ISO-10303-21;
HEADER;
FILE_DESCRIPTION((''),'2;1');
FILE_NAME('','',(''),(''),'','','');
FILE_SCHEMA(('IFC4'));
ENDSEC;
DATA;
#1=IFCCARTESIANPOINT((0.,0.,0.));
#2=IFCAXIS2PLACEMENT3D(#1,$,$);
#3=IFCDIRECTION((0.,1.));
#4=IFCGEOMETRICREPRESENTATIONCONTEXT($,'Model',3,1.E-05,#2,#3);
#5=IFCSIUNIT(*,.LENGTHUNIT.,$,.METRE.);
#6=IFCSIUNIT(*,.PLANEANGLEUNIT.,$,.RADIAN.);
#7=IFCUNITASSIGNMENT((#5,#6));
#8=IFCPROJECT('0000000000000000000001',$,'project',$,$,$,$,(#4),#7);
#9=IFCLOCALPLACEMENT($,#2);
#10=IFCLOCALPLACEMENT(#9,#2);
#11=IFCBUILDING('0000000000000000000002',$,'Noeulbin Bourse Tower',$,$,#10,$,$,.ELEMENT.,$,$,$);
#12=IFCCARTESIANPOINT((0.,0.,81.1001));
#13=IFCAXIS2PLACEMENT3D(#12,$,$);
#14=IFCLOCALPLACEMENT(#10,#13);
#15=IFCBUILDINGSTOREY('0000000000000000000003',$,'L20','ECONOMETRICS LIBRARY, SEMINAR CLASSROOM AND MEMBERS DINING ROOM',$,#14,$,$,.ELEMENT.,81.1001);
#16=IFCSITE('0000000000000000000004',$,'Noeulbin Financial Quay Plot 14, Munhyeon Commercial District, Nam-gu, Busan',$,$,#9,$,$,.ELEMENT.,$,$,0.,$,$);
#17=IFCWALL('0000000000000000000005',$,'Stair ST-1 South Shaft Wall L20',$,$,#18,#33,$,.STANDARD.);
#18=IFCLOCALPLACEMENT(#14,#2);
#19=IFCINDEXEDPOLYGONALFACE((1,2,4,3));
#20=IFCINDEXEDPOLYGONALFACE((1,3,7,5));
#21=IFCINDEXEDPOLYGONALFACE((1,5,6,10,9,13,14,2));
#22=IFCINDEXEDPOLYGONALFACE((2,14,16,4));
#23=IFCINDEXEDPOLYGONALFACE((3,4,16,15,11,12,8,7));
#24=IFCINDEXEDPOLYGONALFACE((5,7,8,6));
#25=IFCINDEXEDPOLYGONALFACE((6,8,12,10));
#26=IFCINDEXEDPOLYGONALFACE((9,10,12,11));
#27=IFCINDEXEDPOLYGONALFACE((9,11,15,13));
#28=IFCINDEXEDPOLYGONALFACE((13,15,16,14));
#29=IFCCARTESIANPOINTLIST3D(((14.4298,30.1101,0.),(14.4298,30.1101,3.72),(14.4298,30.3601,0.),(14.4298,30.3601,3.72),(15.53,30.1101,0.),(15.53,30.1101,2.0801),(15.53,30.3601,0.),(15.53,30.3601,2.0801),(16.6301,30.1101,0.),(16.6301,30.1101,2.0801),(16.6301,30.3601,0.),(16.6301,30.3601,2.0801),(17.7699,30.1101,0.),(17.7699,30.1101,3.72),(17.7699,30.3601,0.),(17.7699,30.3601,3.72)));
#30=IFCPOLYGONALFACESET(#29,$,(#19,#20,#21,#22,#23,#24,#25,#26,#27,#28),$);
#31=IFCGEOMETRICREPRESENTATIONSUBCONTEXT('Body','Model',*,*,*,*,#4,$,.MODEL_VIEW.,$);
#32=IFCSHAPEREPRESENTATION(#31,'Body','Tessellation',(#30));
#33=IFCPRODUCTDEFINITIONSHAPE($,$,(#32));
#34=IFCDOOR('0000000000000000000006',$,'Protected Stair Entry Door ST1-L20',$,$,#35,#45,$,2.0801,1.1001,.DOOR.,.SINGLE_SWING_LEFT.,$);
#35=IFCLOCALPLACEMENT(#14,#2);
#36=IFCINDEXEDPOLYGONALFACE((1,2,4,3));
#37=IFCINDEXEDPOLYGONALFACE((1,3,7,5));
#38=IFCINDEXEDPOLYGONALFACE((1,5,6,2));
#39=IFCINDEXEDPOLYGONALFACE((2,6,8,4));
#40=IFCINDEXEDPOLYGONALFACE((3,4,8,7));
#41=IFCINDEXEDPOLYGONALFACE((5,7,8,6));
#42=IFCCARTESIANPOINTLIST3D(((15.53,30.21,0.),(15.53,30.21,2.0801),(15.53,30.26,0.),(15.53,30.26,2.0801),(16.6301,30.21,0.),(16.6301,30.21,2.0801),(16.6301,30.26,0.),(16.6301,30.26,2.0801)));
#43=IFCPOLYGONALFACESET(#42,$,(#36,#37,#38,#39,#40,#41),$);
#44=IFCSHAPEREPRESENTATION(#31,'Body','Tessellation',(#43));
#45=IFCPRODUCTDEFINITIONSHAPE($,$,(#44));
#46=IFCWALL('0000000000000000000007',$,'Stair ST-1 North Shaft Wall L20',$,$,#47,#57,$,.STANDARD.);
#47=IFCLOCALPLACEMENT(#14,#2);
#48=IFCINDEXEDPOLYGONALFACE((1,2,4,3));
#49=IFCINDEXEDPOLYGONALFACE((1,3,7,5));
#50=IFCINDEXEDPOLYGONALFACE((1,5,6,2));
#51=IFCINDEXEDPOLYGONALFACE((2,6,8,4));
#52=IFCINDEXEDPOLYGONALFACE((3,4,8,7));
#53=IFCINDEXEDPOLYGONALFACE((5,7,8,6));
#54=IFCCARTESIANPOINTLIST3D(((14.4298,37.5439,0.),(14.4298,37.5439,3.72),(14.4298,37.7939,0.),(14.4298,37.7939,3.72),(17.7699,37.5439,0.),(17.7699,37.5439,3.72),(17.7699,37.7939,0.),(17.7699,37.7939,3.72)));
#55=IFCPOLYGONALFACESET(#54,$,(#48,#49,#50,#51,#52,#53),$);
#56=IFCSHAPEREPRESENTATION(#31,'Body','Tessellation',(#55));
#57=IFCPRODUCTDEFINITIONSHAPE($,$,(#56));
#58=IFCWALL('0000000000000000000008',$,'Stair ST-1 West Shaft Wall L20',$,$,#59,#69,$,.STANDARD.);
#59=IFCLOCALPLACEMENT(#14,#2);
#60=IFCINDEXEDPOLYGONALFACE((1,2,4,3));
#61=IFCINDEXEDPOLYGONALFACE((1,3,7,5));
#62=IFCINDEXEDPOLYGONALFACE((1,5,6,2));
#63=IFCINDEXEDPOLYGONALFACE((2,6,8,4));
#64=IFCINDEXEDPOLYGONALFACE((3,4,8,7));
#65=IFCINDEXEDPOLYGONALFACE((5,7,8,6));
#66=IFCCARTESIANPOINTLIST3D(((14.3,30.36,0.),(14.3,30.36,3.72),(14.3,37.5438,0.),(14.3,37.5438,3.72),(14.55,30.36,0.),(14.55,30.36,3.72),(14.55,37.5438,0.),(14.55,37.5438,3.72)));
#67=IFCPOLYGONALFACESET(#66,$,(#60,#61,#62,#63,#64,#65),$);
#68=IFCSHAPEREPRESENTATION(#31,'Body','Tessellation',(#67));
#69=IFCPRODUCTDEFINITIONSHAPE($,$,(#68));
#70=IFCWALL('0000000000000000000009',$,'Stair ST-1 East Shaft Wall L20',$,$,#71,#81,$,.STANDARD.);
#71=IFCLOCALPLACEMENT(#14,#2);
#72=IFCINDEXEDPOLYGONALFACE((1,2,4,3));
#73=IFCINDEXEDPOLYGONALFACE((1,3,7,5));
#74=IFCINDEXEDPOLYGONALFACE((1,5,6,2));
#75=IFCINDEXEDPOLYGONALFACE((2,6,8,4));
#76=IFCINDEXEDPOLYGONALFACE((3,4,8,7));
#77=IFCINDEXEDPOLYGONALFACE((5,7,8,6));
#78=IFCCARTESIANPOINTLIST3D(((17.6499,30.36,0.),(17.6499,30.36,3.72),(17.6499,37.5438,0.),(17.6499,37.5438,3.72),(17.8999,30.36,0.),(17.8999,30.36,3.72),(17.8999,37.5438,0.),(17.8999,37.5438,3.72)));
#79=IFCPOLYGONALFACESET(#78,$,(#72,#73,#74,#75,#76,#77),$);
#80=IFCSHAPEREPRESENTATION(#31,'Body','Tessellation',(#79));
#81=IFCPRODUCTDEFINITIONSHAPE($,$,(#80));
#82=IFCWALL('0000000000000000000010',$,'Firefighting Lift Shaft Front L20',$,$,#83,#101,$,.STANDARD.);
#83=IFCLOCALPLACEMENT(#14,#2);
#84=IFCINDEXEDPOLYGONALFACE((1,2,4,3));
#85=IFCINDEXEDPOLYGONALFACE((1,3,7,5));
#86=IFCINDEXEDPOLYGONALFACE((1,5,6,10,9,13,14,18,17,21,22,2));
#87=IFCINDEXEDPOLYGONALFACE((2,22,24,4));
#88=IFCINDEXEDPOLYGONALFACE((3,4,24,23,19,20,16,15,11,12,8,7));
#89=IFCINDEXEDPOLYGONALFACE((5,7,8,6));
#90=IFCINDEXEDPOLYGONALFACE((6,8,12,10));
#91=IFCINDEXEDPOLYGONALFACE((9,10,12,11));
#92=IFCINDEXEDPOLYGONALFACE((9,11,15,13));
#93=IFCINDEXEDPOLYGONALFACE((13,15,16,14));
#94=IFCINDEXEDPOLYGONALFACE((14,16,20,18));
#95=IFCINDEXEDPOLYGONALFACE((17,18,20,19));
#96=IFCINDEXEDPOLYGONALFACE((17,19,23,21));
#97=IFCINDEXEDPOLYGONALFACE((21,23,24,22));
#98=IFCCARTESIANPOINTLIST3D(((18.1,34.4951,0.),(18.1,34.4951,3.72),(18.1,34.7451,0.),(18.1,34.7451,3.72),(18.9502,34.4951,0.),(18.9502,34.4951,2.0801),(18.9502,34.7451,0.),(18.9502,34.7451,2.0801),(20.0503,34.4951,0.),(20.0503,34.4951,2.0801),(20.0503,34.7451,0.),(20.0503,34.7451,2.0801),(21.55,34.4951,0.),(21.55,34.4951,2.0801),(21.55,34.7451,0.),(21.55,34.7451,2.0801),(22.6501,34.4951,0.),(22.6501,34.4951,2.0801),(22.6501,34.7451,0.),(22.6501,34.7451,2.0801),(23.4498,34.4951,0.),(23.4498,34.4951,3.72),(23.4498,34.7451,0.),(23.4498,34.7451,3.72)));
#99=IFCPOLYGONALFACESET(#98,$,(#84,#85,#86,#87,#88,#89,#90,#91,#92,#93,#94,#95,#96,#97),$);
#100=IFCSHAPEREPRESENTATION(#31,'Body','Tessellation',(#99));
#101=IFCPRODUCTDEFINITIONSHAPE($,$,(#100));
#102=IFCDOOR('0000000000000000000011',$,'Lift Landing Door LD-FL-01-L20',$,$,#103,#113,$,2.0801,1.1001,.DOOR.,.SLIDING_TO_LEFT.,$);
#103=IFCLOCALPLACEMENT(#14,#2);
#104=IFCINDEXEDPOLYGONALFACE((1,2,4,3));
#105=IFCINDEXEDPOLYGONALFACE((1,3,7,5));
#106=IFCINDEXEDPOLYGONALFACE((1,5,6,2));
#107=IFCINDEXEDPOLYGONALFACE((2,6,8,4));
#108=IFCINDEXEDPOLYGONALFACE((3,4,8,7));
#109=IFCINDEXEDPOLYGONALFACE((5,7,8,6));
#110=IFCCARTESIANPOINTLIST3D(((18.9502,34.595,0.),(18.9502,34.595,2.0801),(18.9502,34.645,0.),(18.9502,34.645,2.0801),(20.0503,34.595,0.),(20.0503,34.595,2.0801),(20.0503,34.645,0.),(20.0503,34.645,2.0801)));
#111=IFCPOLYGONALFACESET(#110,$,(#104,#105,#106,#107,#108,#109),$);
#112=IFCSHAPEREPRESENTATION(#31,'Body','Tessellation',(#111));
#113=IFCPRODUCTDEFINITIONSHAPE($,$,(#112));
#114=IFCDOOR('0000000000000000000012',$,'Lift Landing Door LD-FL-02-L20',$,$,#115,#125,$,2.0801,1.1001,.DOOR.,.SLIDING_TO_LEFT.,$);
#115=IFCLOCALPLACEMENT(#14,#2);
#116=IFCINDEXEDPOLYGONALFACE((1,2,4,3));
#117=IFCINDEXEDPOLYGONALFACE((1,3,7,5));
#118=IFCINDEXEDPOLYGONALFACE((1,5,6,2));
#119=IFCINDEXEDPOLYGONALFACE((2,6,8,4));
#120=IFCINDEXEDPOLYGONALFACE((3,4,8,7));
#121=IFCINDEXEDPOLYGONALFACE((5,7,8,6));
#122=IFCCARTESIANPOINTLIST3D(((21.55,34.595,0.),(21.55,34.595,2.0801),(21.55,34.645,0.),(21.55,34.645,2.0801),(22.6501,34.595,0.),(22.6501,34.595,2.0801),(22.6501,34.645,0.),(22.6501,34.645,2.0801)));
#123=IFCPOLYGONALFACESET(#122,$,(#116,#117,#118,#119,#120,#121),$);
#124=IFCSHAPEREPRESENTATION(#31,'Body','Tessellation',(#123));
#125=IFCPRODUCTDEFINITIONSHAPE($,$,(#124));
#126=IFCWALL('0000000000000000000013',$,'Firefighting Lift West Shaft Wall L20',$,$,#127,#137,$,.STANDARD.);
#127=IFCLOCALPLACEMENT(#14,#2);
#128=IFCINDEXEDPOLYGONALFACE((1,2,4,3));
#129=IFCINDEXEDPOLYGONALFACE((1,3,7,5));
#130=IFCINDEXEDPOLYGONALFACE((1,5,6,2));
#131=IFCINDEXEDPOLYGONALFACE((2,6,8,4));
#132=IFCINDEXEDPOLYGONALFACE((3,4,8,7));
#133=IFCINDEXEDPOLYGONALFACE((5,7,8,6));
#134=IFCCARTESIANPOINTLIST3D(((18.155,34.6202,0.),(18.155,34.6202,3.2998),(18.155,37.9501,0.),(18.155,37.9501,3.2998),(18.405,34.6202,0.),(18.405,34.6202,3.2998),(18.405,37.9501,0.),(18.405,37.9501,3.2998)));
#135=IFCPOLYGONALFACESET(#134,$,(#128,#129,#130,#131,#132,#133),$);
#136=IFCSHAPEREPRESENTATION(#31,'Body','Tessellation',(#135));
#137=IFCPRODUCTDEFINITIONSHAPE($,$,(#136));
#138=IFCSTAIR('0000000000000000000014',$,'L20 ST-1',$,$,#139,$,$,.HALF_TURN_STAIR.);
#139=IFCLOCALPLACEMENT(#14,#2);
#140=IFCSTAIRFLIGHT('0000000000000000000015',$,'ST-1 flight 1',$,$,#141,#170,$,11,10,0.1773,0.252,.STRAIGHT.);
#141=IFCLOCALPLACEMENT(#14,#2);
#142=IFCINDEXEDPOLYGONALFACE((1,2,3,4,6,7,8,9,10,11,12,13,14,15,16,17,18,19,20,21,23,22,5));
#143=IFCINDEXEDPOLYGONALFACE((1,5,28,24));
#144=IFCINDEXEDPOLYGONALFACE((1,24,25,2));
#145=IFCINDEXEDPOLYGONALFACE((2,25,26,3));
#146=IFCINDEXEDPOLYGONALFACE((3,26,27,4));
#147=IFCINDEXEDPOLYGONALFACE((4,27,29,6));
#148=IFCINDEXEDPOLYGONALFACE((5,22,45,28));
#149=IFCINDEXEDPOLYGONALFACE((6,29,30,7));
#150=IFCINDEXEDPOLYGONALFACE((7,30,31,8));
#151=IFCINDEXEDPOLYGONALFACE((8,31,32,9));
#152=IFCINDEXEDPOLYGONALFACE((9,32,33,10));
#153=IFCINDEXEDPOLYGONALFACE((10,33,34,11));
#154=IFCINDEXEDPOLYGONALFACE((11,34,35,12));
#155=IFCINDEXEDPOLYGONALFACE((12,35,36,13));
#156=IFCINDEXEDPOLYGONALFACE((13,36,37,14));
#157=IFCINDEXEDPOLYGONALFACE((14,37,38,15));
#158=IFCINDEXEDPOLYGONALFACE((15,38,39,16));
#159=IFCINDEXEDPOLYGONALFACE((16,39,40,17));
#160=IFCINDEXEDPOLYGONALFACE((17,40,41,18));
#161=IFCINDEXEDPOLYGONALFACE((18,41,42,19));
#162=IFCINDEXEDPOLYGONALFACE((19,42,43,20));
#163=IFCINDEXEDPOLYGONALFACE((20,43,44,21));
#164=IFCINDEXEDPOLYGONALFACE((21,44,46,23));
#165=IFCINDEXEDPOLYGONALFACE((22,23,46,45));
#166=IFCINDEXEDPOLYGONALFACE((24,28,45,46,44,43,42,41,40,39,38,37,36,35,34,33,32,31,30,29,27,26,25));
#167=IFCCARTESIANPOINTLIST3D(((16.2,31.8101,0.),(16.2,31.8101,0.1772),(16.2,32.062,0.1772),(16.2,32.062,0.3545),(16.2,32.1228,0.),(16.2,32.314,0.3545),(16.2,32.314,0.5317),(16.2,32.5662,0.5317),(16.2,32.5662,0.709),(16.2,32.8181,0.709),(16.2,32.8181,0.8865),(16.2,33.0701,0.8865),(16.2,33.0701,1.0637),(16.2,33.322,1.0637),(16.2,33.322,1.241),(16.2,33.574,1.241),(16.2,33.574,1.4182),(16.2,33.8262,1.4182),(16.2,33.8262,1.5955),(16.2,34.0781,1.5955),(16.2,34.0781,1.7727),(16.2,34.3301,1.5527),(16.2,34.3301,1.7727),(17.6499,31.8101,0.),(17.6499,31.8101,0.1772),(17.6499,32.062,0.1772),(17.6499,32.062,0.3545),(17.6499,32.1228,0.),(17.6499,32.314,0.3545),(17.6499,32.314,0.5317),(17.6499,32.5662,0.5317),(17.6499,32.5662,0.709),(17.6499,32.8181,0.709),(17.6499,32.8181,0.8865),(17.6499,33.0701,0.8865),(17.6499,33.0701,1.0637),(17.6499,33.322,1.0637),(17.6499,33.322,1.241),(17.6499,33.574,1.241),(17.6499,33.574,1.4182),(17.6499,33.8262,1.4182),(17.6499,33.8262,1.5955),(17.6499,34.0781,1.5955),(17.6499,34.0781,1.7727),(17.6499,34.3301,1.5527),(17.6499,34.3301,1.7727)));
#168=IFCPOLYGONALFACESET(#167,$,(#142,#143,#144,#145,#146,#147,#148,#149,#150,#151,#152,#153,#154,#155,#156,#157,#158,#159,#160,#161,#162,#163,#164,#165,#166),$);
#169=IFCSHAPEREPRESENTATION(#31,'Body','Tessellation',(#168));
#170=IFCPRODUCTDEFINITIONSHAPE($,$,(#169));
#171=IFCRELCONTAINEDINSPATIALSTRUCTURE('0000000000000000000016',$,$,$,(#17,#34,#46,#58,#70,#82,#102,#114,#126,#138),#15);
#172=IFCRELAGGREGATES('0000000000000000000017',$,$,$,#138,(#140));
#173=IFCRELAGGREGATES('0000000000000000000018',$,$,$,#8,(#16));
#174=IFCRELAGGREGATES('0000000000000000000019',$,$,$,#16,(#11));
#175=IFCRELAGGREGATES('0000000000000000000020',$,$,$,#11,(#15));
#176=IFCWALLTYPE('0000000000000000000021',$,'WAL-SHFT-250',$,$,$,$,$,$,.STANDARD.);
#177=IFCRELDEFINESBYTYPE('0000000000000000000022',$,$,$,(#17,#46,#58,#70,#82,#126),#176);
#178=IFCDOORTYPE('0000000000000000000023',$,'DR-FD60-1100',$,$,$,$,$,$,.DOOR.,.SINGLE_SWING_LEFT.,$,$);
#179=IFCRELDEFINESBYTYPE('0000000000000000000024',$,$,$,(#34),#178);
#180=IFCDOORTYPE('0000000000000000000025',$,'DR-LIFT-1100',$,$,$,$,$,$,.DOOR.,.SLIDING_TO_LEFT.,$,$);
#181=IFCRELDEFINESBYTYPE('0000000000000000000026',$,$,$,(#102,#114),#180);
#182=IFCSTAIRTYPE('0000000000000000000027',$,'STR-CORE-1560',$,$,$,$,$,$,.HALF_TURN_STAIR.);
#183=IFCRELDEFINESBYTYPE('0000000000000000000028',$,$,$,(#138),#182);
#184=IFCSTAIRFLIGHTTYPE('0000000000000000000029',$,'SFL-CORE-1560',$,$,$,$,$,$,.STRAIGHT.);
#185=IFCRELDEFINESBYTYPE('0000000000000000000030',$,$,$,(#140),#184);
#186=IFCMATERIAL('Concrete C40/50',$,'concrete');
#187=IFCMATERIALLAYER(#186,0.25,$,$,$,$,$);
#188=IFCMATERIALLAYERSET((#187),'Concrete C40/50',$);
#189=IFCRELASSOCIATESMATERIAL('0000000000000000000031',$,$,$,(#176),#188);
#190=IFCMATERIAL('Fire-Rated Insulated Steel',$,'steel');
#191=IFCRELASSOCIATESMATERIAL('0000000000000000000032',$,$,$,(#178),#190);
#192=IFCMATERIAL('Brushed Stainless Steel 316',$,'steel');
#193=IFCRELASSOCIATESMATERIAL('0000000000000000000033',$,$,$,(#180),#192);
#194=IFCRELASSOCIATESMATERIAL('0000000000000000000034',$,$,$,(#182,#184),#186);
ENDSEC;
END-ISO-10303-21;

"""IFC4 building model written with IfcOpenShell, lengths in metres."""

from ifc_helpers import new_model, si_unit, direction, frame, frame_2d, origin, place, context, subcontext, project, spatial, polyline, rectangle, outline, extrude, material, layer, layer_set, type_object, element, fill, aggregate, save


model = new_model("IFC4")

# Units and contexts
model_context = context("Model", 3, precision=1e-05, world=origin(), true_north=direction((0.0, 1.0)))
body_context = subcontext(model_context, "Body", "Model", "MODEL_VIEW")
ifc_project = project(units=[si_unit("LENGTHUNIT", "METRE"), si_unit("PLANEANGLEUNIT", "RADIAN")], contexts=[model_context])

# Site, building, storey
site_placement = place(None, origin())
site = spatial("IfcSite", under=ifc_project, at=site_placement, Name="Noeulbin Financial Quay Plot 14, Munhyeon Commercial District, Nam-gu, Busan", CompositionType="ELEMENT", RefElevation=0.0)
building_placement = place(site_placement, origin())
building = spatial("IfcBuilding", under=site, at=building_placement, Name="Noeulbin Bourse Tower", CompositionType="ELEMENT")
storey_placement = place(building_placement, frame((0.0, 0.0, 81.1001)))
storey = spatial("IfcBuildingStorey", under=building, at=storey_placement, Name="L20", Description="ECONOMETRICS LIBRARY, SEMINAR CLASSROOM AND MEMBERS DINING ROOM", CompositionType="ELEMENT", Elevation=81.1001)

# Shared definitions
ifc_material_1 = material(Name="Concrete C40/50", Category="concrete")

# Wall, opening, door
ifc_layer_1 = layer(ifc_material_1, 0.25)
ifc_layer_set_1 = layer_set([ifc_layer_1], Name="Concrete C40/50")
wall_type_1 = type_object("IfcWallType", Name="WAL-SHFT-250", PredefinedType="STANDARD", material=ifc_layer_set_1)
wall_1_placement = place(storey_placement, frame((14.4299, 30.2351, 0.0), z_axis=(0.0, 0.0, 1.0), x_axis=(1.0, 0.0, 0.0)))
wall_1 = element("IfcWall", 1, at=wall_1_placement, inside=storey, type_object=wall_type_1, Name="Stair ST-1 South Shaft Wall L20", PredefinedType="STANDARD", context=body_context, shape_type="SweptSolid", body=[
    extrude(rectangle(XDim=3.3401, YDim=0.25, at=frame_2d((1.6699, 0.0))), origin(), (0.0, 0.0, 1.0), 3.72),
])
opening_1_placement = place(wall_1_placement, frame((1.1001, 0.0, 0.0)))
opening_1 = element("IfcOpeningElement", 2, at=opening_1_placement, cuts=wall_1, PredefinedType="OPENING", context=body_context, shape_type="SweptSolid", body=[
    extrude(rectangle(XDim=1.1001, YDim=2.0801, at=frame_2d((0.55, 1.04))), frame((0.0, 0.135, 0.0), z_axis=(0.0, -1.0, 0.0), x_axis=(1.0, 0.0, 0.0)), (0.0, 0.0, 1.0), 0.27),
])
ifc_material_2 = material(Name="Fire-Rated Insulated Steel", Category="steel")
door_type_1 = type_object("IfcDoorType", Name="DR-FD60-1100", OperationType="SINGLE_SWING_LEFT", PredefinedType="DOOR", material=ifc_material_2)
door_1_placement = place(opening_1_placement, origin())
door_1 = element("IfcDoor", 3, at=door_1_placement, inside=storey, type_object=door_type_1, Name="Protected Stair Entry Door ST1-L20", OperationType="SINGLE_SWING_LEFT", OverallHeight=2.0801, OverallWidth=1.1001, PredefinedType="DOOR", context=body_context, shape_type="SweptSolid", body=[
    extrude(rectangle(XDim=1.1001, YDim=2.0801, at=frame_2d((0.55, 1.04))), frame((0.0, 0.0249, 0.0), z_axis=(0.0, -1.0, 0.0), x_axis=(1.0, 0.0, 0.0)), (0.0, 0.0, 1.0), 0.05),
])
fill(opening_1, door_1)

# Walls
wall_2_placement = place(storey_placement, frame((14.4299, 37.6689, 0.0), z_axis=(0.0, 0.0, 1.0), x_axis=(1.0, 0.0, 0.0)))
element("IfcWall", 4, at=wall_2_placement, inside=storey, type_object=wall_type_1, Name="Stair ST-1 North Shaft Wall L20", PredefinedType="STANDARD", context=body_context, shape_type="SweptSolid", body=[
    extrude(rectangle(XDim=3.3401, YDim=0.25, at=frame_2d((1.6699, 0.0))), origin(), (0.0, 0.0, 1.0), 3.72),
])
for number, where, z_axis, x_axis, name in (
    (5, (14.425, 30.3601, 0.0), (0.0, 0.0, 1.0), (0.0, 1.0, 0.0), "Stair ST-1 West Shaft Wall L20"),
    (6, (17.7749, 30.3601, 0.0), (0.0, 0.0, 1.0), (0.0, 1.0, 0.0), "Stair ST-1 East Shaft Wall L20"),
):
    element("IfcWall", number, at=place(storey_placement, frame(where, z_axis=z_axis, x_axis=x_axis)), inside=storey, type_object=wall_type_1, Name=name, PredefinedType="STANDARD", context=body_context, shape_type="SweptSolid", body=[
        extrude(rectangle(XDim=7.1838, YDim=0.25, at=frame_2d((3.5918, 0.0))), origin(), (0.0, 0.0, 1.0), 3.72),
    ])

# Wall, openings, doors
wall_3_placement = place(storey_placement, frame((18.1001, 34.6201, 0.0), z_axis=(0.0, 0.0, 1.0), x_axis=(1.0, 0.0, 0.0)))
wall_3 = element("IfcWall", 7, at=wall_3_placement, inside=storey, type_object=wall_type_1, Name="Firefighting Lift Shaft Front L20", PredefinedType="STANDARD", context=body_context, shape_type="SweptSolid", body=[
    extrude(rectangle(XDim=5.3499, YDim=0.25, at=frame_2d((2.6748, 0.0))), origin(), (0.0, 0.0, 1.0), 3.72),
])
opening_2_placement = place(wall_3_placement, frame((0.8501, 0.0, 0.0)))
opening_2 = element("IfcOpeningElement", 8, at=opening_2_placement, cuts=wall_3, PredefinedType="OPENING", context=body_context, shape_type="SweptSolid", body=[
    extrude(rectangle(XDim=1.1001, YDim=2.0801, at=frame_2d((0.55, 1.04))), frame((0.0, 0.135, 0.0), z_axis=(0.0, -1.0, 0.0), x_axis=(1.0, 0.0, 0.0)), (0.0, 0.0, 1.0), 0.27),
])
opening_3_placement = place(wall_3_placement, frame((3.45, 0.0, 0.0)))
opening_3 = element("IfcOpeningElement", 9, at=opening_3_placement, cuts=wall_3, PredefinedType="OPENING", context=body_context, shape_type="SweptSolid", body=[
    extrude(rectangle(XDim=1.1001, YDim=2.0801, at=frame_2d((0.55, 1.04))), frame((0.0, 0.135, 0.0), z_axis=(0.0, -1.0, 0.0), x_axis=(1.0, 0.0, 0.0)), (0.0, 0.0, 1.0), 0.27),
])
ifc_material_3 = material(Name="Brushed Stainless Steel 316", Category="steel")
door_type_2 = type_object("IfcDoorType", Name="DR-LIFT-1100", OperationType="SLIDING_TO_LEFT", PredefinedType="DOOR", material=ifc_material_3)
door_2_placement = place(opening_2_placement, origin())
door_2 = element("IfcDoor", 10, at=door_2_placement, inside=storey, type_object=door_type_2, Name="Lift Landing Door LD-FL-01-L20", OperationType="SLIDING_TO_LEFT", OverallHeight=2.0801, OverallWidth=1.1001, PredefinedType="DOOR", context=body_context, shape_type="SweptSolid", body=[
    extrude(rectangle(XDim=1.1001, YDim=2.0801, at=frame_2d((0.55, 1.04))), frame((0.0, 0.0249, 0.0), z_axis=(0.0, -1.0, 0.0), x_axis=(1.0, 0.0, 0.0)), (0.0, 0.0, 1.0), 0.05),
])
fill(opening_2, door_2)
door_3_placement = place(opening_3_placement, origin())
door_3 = element("IfcDoor", 11, at=door_3_placement, inside=storey, type_object=door_type_2, Name="Lift Landing Door LD-FL-02-L20", OperationType="SLIDING_TO_LEFT", OverallHeight=2.0801, OverallWidth=1.1001, PredefinedType="DOOR", context=body_context, shape_type="SweptSolid", body=[
    extrude(rectangle(XDim=1.1001, YDim=2.0801, at=frame_2d((0.55, 1.04))), frame((0.0, 0.0249, 0.0), z_axis=(0.0, -1.0, 0.0), x_axis=(1.0, 0.0, 0.0)), (0.0, 0.0, 1.0), 0.05),
])
fill(opening_3, door_3)

# Wall
wall_4_placement = place(storey_placement, frame((18.28, 34.6201, 0.0), z_axis=(0.0, 0.0, 1.0), x_axis=(0.0, 1.0, 0.0)))
element("IfcWall", 12, at=wall_4_placement, inside=storey, type_object=wall_type_1, Name="Firefighting Lift West Shaft Wall L20", PredefinedType="STANDARD", context=body_context, shape_type="SweptSolid", body=[
    extrude(rectangle(XDim=3.3298, YDim=0.25, at=frame_2d((1.665, 0.0))), origin(), (0.0, 0.0, 1.0), 3.2998),
])

# Stair, stair flight
stair_type = type_object("IfcStairType", Name="STR-CORE-1560", PredefinedType="HALF_TURN_STAIR", material=ifc_material_1)
stair_placement = place(storey_placement, origin())
stair = element("IfcStair", 13, at=stair_placement, inside=storey, type_object=stair_type, Name="L20 ST-1", PredefinedType="HALF_TURN_STAIR")
stair_flight_type = type_object("IfcStairFlightType", Name="SFL-CORE-1560", PredefinedType="STRAIGHT", material=ifc_material_1)
stair_flight_1_placement = place(storey_placement, frame((16.925, 31.8101, 0.0), z_axis=(0.0, 0.0, 1.0), x_axis=(0.0, 1.0, 0.0)))
stair_flight_1 = element("IfcStairFlight", 14, at=stair_flight_1_placement, type_object=stair_flight_type, Name="ST-1 flight 1", NumberOfRisers=11, NumberOfTreads=10, PredefinedType="STRAIGHT", RiserHeight=0.1773, TreadLength=0.252, context=body_context, shape_type="SweptSolid", body=[
    extrude(outline(polyline([(0.0, 0.0), (0.0, 0.1772), (0.252, 0.1772), (0.252, 0.3545), (0.5039, 0.3545), (0.5039, 0.5317), (0.7561, 0.5317), (0.7561, 0.709), (1.0081, 0.709), (1.0081, 0.8865), (1.26, 0.8865), (1.26, 1.0637), (1.512, 1.0637), (1.512, 1.241), (1.7639, 1.241), (1.7639, 1.4182), (2.0161, 1.4182), (2.0161, 1.5955), (2.2681, 1.5955), (2.2681, 1.7727), (2.52, 1.7727), (2.52, 1.95), (2.52, 1.5527), (0.3127, 0.0), (0.0, 0.0)])), frame((0.0, 0.7251, 0.0), z_axis=(0.0, -1.0, 0.0), x_axis=(1.0, 0.0, 0.0)), (0.0, 0.0, 1.0), 1.45),
])
aggregate(stair, [stair_flight_1])

save(model, "model.ifc")
